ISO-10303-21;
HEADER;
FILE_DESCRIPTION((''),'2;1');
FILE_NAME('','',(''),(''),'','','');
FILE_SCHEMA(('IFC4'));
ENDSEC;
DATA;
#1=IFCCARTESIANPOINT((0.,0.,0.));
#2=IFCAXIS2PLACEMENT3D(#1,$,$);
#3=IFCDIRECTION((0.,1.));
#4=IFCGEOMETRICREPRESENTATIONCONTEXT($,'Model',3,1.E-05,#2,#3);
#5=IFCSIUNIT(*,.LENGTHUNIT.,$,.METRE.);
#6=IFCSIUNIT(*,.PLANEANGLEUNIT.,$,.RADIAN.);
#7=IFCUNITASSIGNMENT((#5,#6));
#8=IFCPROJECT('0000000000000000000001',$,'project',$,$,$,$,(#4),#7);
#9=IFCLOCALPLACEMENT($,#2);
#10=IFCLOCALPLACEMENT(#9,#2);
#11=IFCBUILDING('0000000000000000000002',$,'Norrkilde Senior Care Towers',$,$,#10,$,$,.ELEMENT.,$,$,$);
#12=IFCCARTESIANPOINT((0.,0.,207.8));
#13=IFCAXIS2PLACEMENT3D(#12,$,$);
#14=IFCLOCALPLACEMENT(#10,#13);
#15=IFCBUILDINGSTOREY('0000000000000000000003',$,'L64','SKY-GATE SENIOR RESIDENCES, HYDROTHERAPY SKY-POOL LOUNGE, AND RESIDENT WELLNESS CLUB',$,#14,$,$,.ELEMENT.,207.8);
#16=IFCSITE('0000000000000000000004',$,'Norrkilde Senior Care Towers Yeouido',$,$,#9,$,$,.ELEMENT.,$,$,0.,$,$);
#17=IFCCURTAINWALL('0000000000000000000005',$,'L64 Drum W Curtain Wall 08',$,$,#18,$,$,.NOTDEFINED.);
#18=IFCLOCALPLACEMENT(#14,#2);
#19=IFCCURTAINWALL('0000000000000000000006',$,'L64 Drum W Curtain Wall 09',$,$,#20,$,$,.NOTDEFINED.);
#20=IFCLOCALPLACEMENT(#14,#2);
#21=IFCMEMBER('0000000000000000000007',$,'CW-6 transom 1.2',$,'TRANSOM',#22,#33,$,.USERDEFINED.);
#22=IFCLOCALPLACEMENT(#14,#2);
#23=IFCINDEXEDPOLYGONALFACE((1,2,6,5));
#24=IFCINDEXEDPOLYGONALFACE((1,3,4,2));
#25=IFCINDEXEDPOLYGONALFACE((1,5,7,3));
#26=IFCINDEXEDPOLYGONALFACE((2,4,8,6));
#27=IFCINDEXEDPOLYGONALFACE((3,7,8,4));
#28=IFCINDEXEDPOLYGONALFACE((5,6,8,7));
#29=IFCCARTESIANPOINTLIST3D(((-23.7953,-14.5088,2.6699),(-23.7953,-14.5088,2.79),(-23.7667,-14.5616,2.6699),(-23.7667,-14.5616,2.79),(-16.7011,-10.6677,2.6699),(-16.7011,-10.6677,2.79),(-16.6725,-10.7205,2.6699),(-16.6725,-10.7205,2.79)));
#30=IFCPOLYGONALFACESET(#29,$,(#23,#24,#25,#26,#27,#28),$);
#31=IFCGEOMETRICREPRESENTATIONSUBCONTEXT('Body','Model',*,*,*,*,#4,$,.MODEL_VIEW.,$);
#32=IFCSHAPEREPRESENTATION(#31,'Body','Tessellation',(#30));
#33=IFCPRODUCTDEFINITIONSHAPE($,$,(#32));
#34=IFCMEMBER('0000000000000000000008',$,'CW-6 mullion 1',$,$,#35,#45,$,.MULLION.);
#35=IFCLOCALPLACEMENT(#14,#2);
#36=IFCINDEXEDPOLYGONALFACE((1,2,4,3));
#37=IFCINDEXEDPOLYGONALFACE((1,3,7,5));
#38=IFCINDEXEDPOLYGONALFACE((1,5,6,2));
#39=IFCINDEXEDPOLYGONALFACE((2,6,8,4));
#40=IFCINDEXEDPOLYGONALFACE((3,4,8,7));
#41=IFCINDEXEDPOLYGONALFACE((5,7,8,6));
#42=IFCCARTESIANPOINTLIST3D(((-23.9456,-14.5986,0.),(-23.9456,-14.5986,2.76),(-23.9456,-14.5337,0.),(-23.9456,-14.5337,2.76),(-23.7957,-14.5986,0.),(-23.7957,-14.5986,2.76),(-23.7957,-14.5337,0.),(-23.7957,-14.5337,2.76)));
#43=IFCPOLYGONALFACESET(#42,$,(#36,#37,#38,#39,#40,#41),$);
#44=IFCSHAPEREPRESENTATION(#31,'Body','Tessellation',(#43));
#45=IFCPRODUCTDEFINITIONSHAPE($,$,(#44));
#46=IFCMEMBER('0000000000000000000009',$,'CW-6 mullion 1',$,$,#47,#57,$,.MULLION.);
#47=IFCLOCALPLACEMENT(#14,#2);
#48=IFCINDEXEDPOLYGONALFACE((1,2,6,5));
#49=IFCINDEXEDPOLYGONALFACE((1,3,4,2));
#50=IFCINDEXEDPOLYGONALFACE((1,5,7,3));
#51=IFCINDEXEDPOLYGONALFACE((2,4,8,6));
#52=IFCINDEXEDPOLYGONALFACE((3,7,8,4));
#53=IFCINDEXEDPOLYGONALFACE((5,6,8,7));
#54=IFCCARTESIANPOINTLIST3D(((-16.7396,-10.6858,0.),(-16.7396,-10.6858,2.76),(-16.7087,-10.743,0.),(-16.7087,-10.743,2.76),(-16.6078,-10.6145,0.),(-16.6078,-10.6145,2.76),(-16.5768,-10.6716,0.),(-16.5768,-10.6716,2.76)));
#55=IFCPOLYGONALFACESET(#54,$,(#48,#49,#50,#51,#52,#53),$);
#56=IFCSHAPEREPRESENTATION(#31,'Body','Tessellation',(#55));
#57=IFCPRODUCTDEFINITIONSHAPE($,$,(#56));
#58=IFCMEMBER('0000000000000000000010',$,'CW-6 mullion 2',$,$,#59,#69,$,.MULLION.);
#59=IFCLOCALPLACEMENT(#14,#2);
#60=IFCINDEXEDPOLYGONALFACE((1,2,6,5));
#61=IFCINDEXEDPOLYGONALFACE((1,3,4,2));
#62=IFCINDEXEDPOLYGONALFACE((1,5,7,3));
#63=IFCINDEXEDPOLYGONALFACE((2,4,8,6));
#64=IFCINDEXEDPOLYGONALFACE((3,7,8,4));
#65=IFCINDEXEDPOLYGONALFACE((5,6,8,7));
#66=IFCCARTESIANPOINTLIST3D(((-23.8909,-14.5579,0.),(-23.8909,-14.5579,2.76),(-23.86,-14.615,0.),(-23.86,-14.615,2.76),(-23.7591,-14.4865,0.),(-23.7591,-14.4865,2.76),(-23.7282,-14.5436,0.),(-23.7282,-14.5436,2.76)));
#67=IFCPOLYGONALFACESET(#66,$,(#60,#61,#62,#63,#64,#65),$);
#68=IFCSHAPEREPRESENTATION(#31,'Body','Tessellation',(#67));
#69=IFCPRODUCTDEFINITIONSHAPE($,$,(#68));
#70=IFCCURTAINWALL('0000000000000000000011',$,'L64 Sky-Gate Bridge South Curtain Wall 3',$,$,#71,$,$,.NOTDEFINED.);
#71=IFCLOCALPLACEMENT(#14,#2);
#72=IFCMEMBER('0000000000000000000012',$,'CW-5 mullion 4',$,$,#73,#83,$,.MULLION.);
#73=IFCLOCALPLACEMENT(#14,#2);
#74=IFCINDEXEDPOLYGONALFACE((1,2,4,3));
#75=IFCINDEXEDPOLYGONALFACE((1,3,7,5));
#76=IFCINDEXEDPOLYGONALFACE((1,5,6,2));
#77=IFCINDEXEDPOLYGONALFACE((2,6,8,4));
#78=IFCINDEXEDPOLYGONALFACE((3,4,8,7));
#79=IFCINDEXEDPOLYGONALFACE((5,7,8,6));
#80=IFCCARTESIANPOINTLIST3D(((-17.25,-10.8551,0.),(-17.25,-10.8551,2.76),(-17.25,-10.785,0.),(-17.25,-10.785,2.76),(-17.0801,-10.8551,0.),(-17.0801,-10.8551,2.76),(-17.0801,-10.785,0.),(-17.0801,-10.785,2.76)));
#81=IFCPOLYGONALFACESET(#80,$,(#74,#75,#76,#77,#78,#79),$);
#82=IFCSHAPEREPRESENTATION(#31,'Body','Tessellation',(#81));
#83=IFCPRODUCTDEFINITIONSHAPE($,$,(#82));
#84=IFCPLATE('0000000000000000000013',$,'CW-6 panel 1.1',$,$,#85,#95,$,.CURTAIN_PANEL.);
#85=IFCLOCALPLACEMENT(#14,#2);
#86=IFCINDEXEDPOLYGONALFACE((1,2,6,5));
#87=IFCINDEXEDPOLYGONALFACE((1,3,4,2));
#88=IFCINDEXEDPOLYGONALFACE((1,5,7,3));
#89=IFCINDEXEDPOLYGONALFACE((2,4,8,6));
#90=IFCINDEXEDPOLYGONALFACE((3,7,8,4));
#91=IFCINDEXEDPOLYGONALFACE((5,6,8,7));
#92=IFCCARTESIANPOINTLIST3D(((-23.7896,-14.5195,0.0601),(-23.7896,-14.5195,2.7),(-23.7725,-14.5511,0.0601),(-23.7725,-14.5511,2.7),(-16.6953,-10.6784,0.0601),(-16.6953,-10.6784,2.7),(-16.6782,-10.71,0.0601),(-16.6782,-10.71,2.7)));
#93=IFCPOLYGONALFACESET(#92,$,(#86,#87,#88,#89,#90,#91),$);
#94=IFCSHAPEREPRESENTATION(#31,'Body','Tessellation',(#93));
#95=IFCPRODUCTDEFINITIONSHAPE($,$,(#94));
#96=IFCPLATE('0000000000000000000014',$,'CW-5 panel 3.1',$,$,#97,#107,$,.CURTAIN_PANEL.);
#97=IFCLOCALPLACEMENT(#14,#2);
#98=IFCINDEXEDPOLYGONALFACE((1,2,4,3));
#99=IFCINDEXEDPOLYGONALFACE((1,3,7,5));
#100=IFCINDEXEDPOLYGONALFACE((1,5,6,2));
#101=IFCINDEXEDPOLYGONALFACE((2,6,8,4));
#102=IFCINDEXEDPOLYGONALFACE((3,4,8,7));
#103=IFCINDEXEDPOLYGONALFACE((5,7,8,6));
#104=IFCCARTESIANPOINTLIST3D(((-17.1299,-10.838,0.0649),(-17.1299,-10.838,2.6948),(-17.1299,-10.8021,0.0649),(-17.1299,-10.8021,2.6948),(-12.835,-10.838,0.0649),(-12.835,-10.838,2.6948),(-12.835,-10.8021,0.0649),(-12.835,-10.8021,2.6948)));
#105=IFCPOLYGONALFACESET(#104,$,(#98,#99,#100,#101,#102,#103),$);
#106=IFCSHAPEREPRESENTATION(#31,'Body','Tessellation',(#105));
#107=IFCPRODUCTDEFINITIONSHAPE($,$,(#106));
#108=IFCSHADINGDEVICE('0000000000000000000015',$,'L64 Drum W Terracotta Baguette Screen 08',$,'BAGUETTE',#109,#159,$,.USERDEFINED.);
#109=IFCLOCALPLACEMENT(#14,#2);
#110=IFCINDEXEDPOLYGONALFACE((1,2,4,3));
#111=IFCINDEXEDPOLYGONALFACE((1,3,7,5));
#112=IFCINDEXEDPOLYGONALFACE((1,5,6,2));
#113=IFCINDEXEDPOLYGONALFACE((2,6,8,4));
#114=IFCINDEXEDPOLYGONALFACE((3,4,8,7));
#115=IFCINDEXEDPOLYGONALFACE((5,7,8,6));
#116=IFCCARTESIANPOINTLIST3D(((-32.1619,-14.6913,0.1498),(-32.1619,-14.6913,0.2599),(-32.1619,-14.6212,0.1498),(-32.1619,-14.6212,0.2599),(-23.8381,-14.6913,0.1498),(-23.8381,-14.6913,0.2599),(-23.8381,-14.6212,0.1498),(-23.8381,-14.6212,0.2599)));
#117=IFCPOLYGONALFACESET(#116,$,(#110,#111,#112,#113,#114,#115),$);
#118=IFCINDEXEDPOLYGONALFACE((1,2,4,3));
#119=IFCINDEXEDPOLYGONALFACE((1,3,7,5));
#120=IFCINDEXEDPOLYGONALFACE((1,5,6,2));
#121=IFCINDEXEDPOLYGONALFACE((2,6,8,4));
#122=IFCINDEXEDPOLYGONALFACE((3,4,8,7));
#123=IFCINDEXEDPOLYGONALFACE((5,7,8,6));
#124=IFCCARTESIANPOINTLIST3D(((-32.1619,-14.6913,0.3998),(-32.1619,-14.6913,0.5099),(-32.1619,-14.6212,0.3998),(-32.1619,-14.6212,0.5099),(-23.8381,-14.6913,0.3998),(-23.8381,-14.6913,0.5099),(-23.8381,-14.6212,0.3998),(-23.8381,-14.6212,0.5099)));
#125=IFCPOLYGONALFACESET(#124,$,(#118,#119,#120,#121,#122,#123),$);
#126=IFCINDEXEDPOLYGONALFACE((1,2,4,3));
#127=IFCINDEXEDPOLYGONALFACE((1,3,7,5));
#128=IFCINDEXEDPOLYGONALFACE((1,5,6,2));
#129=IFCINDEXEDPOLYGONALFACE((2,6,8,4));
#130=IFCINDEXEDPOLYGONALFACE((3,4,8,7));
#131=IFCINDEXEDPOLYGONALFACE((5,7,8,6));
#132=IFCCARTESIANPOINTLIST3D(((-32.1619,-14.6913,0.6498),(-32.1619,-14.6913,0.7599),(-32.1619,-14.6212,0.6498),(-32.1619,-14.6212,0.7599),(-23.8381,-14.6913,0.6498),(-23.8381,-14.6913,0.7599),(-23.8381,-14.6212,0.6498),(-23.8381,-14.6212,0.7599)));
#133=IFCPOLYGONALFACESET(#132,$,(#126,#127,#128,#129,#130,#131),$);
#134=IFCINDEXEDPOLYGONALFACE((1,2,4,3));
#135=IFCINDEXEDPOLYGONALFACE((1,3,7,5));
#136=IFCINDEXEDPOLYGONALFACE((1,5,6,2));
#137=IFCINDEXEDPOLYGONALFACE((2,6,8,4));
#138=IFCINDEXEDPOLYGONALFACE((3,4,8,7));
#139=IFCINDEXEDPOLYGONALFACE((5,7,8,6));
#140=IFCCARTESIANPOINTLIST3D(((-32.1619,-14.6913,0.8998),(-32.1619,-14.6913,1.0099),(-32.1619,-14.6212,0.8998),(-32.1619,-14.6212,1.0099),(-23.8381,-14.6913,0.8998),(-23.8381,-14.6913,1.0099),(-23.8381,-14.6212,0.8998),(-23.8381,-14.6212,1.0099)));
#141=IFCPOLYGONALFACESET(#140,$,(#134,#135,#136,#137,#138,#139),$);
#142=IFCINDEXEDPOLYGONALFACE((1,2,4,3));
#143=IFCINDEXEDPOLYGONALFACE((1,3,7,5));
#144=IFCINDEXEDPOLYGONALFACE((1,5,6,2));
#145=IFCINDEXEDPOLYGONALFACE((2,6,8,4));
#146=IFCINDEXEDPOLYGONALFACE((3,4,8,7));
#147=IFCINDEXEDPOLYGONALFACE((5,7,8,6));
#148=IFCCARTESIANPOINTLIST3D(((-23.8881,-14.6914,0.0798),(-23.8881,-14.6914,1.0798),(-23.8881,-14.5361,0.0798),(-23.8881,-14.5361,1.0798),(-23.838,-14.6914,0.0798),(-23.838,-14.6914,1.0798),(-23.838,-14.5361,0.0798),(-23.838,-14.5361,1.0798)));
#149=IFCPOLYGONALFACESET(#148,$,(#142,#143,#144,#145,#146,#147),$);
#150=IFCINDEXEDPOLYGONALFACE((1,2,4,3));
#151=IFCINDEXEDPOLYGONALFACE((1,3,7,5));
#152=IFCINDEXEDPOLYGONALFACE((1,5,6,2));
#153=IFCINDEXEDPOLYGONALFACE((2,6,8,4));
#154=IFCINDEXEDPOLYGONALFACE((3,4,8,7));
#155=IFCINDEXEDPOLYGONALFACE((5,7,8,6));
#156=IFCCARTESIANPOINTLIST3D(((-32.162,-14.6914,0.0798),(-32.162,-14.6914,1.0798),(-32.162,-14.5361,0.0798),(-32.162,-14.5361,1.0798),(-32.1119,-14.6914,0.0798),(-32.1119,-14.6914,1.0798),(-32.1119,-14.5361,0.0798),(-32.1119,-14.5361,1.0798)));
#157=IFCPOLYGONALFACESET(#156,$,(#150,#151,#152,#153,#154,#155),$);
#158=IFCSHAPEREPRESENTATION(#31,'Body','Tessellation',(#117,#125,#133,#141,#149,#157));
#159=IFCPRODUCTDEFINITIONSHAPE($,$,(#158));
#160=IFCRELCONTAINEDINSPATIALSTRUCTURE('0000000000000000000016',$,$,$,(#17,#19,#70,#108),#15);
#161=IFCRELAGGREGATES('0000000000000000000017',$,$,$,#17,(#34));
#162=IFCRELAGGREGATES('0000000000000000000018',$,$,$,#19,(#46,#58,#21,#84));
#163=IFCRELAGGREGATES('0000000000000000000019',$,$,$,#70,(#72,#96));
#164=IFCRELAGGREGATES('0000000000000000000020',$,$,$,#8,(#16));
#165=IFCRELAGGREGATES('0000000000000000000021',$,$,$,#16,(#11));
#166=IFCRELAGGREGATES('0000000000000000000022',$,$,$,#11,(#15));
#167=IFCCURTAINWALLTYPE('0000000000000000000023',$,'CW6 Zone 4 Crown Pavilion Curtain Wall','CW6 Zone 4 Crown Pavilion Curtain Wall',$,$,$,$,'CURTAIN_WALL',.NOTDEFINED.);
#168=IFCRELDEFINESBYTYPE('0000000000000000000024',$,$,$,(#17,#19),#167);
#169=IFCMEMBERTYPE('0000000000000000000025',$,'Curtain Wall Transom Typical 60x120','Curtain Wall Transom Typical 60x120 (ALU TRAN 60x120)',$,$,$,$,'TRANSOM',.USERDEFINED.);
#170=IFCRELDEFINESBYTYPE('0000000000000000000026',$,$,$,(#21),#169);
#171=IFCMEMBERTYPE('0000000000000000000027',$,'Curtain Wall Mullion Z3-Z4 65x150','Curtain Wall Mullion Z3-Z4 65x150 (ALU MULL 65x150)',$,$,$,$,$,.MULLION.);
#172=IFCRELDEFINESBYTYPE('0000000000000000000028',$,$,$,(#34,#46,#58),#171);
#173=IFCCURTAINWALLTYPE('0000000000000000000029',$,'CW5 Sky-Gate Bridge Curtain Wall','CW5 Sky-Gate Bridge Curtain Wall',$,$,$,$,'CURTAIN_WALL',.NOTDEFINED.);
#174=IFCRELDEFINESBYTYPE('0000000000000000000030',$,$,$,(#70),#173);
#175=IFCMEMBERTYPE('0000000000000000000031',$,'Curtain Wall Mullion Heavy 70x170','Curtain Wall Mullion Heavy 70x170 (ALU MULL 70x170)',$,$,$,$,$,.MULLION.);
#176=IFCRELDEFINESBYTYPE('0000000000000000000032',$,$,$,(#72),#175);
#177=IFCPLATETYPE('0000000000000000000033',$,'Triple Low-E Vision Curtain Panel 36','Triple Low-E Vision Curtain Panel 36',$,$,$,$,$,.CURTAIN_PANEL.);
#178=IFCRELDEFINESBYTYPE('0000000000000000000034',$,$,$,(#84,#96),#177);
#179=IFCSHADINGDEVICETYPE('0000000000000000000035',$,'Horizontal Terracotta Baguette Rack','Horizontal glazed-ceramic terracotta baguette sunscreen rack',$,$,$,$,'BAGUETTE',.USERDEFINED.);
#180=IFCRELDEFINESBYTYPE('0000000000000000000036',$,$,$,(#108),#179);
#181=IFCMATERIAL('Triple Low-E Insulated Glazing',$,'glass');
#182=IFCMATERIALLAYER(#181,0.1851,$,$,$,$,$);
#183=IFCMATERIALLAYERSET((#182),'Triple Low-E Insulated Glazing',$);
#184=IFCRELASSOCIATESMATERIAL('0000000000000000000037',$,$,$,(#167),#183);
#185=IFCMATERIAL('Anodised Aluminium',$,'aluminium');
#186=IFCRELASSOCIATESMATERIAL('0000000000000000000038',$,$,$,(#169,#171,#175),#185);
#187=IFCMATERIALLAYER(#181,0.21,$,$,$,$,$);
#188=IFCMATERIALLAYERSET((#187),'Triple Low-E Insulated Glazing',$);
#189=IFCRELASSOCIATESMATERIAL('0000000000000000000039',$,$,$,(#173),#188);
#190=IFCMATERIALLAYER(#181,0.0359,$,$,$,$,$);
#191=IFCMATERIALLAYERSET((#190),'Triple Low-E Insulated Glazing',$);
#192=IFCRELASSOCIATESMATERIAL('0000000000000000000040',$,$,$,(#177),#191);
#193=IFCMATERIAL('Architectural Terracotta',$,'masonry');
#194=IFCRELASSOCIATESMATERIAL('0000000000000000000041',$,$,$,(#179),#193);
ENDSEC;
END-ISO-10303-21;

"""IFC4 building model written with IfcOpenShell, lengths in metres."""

from ifc_helpers import new_model, si_unit, direction, frame, origin, origin_2d, place, context, subcontext, project, spatial, rectangle, extrude, source, transform, mapped, material, layer, layer_set, material_profile, profile_set, type_object, type_shapes, element, aggregate, save


model = new_model("IFC4")

# Units and contexts
model_context = context("Model", 3, precision=1e-05, world=origin(), true_north=direction((0.0, 1.0)))
body_context = subcontext(model_context, "Body", "Model", "MODEL_VIEW")
ifc_project = project(units=[si_unit("LENGTHUNIT", "METRE"), si_unit("PLANEANGLEUNIT", "RADIAN")], contexts=[model_context])

# Site, building, storey
site_placement = place(None, origin())
site = spatial("IfcSite", under=ifc_project, at=site_placement, Name="Norrkilde Senior Care Towers Yeouido", CompositionType="ELEMENT", RefElevation=0.0)
building_placement = place(site_placement, origin())
building = spatial("IfcBuilding", under=site, at=building_placement, Name="Norrkilde Senior Care Towers", CompositionType="ELEMENT")
storey_placement = place(building_placement, frame((0.0, 0.0, 207.8)))
storey = spatial("IfcBuildingStorey", under=building, at=storey_placement, Name="L64", Description="SKY-GATE SENIOR RESIDENCES, HYDROTHERAPY SKY-POOL LOUNGE, AND RESIDENT WELLNESS CLUB", CompositionType="ELEMENT", Elevation=207.8)

# Curtain walls, member
ifc_material_1 = material(Name="Triple Low-E Insulated Glazing", Category="glass")
ifc_layer_1 = layer(ifc_material_1, 0.1851)
ifc_layer_set_1 = layer_set([ifc_layer_1], Name="Triple Low-E Insulated Glazing")
curtain_wall_type_1 = type_object("IfcCurtainWallType", Name="CW6 Zone 4 Crown Pavilion Curtain Wall", Description="CW6 Zone 4 Crown Pavilion Curtain Wall", ElementType="CURTAIN_WALL", PredefinedType="NOTDEFINED", material=ifc_layer_set_1)
curtain_wall_1_placement = place(storey_placement, origin())
curtain_wall_1 = element("IfcCurtainWall", 1, at=curtain_wall_1_placement, inside=storey, type_object=curtain_wall_type_1, Name="L64 Drum W Curtain Wall 08", PredefinedType="NOTDEFINED")
ifc_material_2 = material(Name="Anodised Aluminium", Category="aluminium")
ifc_material_profile_1 = material_profile(ifc_material_2, rectangle(XDim=0.0601, YDim=0.1201, at=origin_2d()), Name="ALU TRAN 60x120")
ifc_profile_set_1 = profile_set([ifc_material_profile_1], Name="Anodised Aluminium")
member_type_1 = type_object("IfcMemberType", Name="Curtain Wall Transom Typical 60x120", Description="Curtain Wall Transom Typical 60x120 (ALU TRAN 60x120)", ElementType="TRANSOM", PredefinedType="USERDEFINED", material=ifc_profile_set_1)
curtain_wall_2_placement = place(storey_placement, origin())
curtain_wall_2 = element("IfcCurtainWall", 2, at=curtain_wall_2_placement, inside=storey, type_object=curtain_wall_type_1, Name="L64 Drum W Curtain Wall 09", PredefinedType="NOTDEFINED")
shared_shape_1 = source(origin(), body_context, "Body", "SweptSolid", [
    extrude(rectangle(XDim=0.0601, YDim=0.1201, at=origin_2d()), origin(), (0.0, 0.0, 1.0), 8.0674),
])
member_1_placement = place(storey_placement, frame((-16.6868, -10.6941, 2.73), z_axis=(-0.879378, -0.476125, 0.0), x_axis=(0.476125, -0.879378, 0.0)))
member_1 = element("IfcMember", 3, at=member_1_placement, type_object=member_type_1, Name="CW-6 transom 1.2", ObjectType="TRANSOM", PredefinedType="USERDEFINED", context=body_context, shape_type="MappedRepresentation", body=[
    mapped(shared_shape_1, transform((0.0, 0.0, 0.0), x_axis=(1.0, 0.0, 0.0), y_axis=(0.0, 1.0, 0.0), z_axis=(0.0, 0.0, 1.0), scale=1.0)),
])

# Members
ifc_material_profile_2 = material_profile(ifc_material_2, rectangle(XDim=0.0649, YDim=0.1499, at=origin_2d()), Name="ALU MULL 65x150")
ifc_profile_set_2 = profile_set([ifc_material_profile_2], Name="Anodised Aluminium")
member_type_2 = type_object("IfcMemberType", Name="Curtain Wall Mullion Z3-Z4 65x150", Description="Curtain Wall Mullion Z3-Z4 65x150 (ALU MULL 65x150)", PredefinedType="MULLION", material=ifc_profile_set_2)
shared_shape_2 = source(origin(), body_context, "Body", "SweptSolid", [
    extrude(rectangle(XDim=0.0649, YDim=0.1499, at=origin_2d()), origin(), (0.0, 0.0, 1.0), 2.76),
])
type_shapes(member_type_2, [shared_shape_2])
member_2_placement = place(storey_placement, frame((-23.8706, -14.5662, 0.0), z_axis=(0.0, 0.0, 1.0), x_axis=(0.0, -1.0, 0.0)))
member_2 = element("IfcMember", 4, at=member_2_placement, type_object=member_type_2, Name="CW-6 mullion 1", PredefinedType="MULLION", context=body_context, shape_type="MappedRepresentation", body=[
    mapped(shared_shape_2, transform((0.0, 0.0, 0.0), x_axis=(1.0, 0.0, 0.0), y_axis=(0.0, 1.0, 0.0), z_axis=(0.0, 0.0, 1.0), scale=1.0)),
])
aggregate(curtain_wall_1, [member_2])
member_3_placement = place(storey_placement, frame((-16.6582, -10.6787, 0.0), z_axis=(0.0, 0.0, 1.0), x_axis=(0.476133, -0.879373, 0.0)))
member_3 = element("IfcMember", 5, at=member_3_placement, type_object=member_type_2, Name="CW-6 mullion 1", PredefinedType="MULLION", context=body_context, shape_type="MappedRepresentation", body=[
    mapped(shared_shape_2, transform((0.0, 0.0, 0.0), x_axis=(1.0, 0.0, 0.0), y_axis=(0.0, 1.0, 0.0), z_axis=(0.0, 0.0, 1.0), scale=1.0)),
])
member_4_placement = place(storey_placement, frame((-23.8096, -14.5508, 0.0), z_axis=(0.0, 0.0, 1.0), x_axis=(0.476133, -0.879373, 0.0)))
member_4 = element("IfcMember", 6, at=member_4_placement, type_object=member_type_2, Name="CW-6 mullion 2", PredefinedType="MULLION", context=body_context, shape_type="MappedRepresentation", body=[
    mapped(shared_shape_2, transform((0.0, 0.0, 0.0), x_axis=(1.0, 0.0, 0.0), y_axis=(0.0, 1.0, 0.0), z_axis=(0.0, 0.0, 1.0), scale=1.0)),
])

# Curtain wall, member
ifc_layer_2 = layer(ifc_material_1, 0.21)
ifc_layer_set_2 = layer_set([ifc_layer_2], Name="Triple Low-E Insulated Glazing")
curtain_wall_type_2 = type_object("IfcCurtainWallType", Name="CW5 Sky-Gate Bridge Curtain Wall", Description="CW5 Sky-Gate Bridge Curtain Wall", ElementType="CURTAIN_WALL", PredefinedType="NOTDEFINED", material=ifc_layer_set_2)
curtain_wall_3_placement = place(storey_placement, origin())
curtain_wall_3 = element("IfcCurtainWall", 7, at=curtain_wall_3_placement, inside=storey, type_object=curtain_wall_type_2, Name="L64 Sky-Gate Bridge South Curtain Wall 3", PredefinedType="NOTDEFINED")
ifc_material_profile_3 = material_profile(ifc_material_2, rectangle(XDim=0.0701, YDim=0.1699, at=origin_2d()), Name="ALU MULL 70x170")
ifc_profile_set_3 = profile_set([ifc_material_profile_3], Name="Anodised Aluminium")
member_type_3 = type_object("IfcMemberType", Name="Curtain Wall Mullion Heavy 70x170", Description="Curtain Wall Mullion Heavy 70x170 (ALU MULL 70x170)", PredefinedType="MULLION", material=ifc_profile_set_3)
shared_shape_3 = source(origin(), body_context, "Body", "SweptSolid", [
    extrude(rectangle(XDim=0.0701, YDim=0.1699, at=origin_2d()), origin(), (0.0, 0.0, 1.0), 2.76),
])
type_shapes(member_type_3, [shared_shape_3])
member_5_placement = place(storey_placement, frame((-17.165, -10.8201, 0.0), z_axis=(0.0, 0.0, 1.0), x_axis=(0.0, -1.0, 0.0)))
member_5 = element("IfcMember", 8, at=member_5_placement, type_object=member_type_3, Name="CW-5 mullion 4", PredefinedType="MULLION", context=body_context, shape_type="MappedRepresentation", body=[
    mapped(shared_shape_3, transform((0.0, 0.0, 0.0), x_axis=(1.0, 0.0, 0.0), y_axis=(0.0, 1.0, 0.0), z_axis=(0.0, 0.0, 1.0), scale=1.0)),
])

# Plates
ifc_layer_3 = layer(ifc_material_1, 0.0359)
ifc_layer_set_3 = layer_set([ifc_layer_3], Name="Triple Low-E Insulated Glazing")
plate_type = type_object("IfcPlateType", Name="Triple Low-E Vision Curtain Panel 36", Description="Triple Low-E Vision Curtain Panel 36", PredefinedType="CURTAIN_PANEL", material=ifc_layer_set_3)
shared_shape_4 = source(origin(), body_context, "Body", "SweptSolid", [
    extrude(rectangle(XDim=8.0674, YDim=0.0359, at=origin_2d()), origin(), (0.0, 0.0, 1.0), 2.6399),
])
plate_1_placement = place(storey_placement, frame((-20.2339, -12.6147, 0.0601), z_axis=(0.0, 0.0, 1.0), x_axis=(-0.879373, -0.476133, 0.0)))
plate_1 = element("IfcPlate", 9, at=plate_1_placement, type_object=plate_type, Name="CW-6 panel 1.1", PredefinedType="CURTAIN_PANEL", context=body_context, shape_type="MappedRepresentation", body=[
    mapped(shared_shape_4, transform((0.0, 0.0, 0.0), x_axis=(1.0, 0.0, 0.0), y_axis=(0.0, 1.0, 0.0), z_axis=(0.0, 0.0, 1.0), scale=1.0)),
])
aggregate(curtain_wall_2, [member_3, member_4, member_1, plate_1])
shared_shape_5 = source(origin(), body_context, "Body", "SweptSolid", [
    extrude(rectangle(XDim=4.2949, YDim=0.0359, at=origin_2d()), origin(), (0.0, 0.0, 1.0), 2.6299),
])
type_shapes(plate_type, [shared_shape_4, shared_shape_5])
plate_2_placement = place(storey_placement, frame((-14.9824, -10.8201, 0.0649), z_axis=(0.0, 0.0, 1.0), x_axis=(-1.0, 0.0, 0.0)))
plate_2 = element("IfcPlate", 10, at=plate_2_placement, type_object=plate_type, Name="CW-5 panel 3.1", PredefinedType="CURTAIN_PANEL", context=body_context, shape_type="MappedRepresentation", body=[
    mapped(shared_shape_5, transform((0.0, 0.0, 0.0), x_axis=(1.0, 0.0, 0.0), y_axis=(0.0, 1.0, 0.0), z_axis=(0.0, 0.0, 1.0), scale=1.0)),
])
aggregate(curtain_wall_3, [member_5, plate_2])

# Shading device
ifc_material_3 = material(Name="Architectural Terracotta", Category="masonry")
shading_device_type = type_object("IfcShadingDeviceType", Name="Horizontal Terracotta Baguette Rack", Description="Horizontal glazed-ceramic terracotta baguette sunscreen rack", ElementType="BAGUETTE", PredefinedType="USERDEFINED", material=ifc_material_3)
shared_shape_6 = source(origin(), body_context, "Body", "SweptSolid", [
    extrude(rectangle(XDim=0.0701, YDim=0.1101, at=origin_2d()), frame((0.0, 0.0901, 0.125), z_axis=(1.0, 0.0, 0.0), x_axis=(0.0, 1.0, 0.0)), (0.0, 0.0, 1.0), 8.3237),
    extrude(rectangle(XDim=0.0701, YDim=0.1101, at=origin_2d()), frame((0.0, 0.0901, 0.375), z_axis=(1.0, 0.0, 0.0), x_axis=(0.0, 1.0, 0.0)), (0.0, 0.0, 1.0), 8.3237),
    extrude(rectangle(XDim=0.0701, YDim=0.1101, at=origin_2d()), frame((0.0, 0.0901, 0.625), z_axis=(1.0, 0.0, 0.0), x_axis=(0.0, 1.0, 0.0)), (0.0, 0.0, 1.0), 8.3237),
    extrude(rectangle(XDim=0.0701, YDim=0.1101, at=origin_2d()), frame((0.0, 0.0901, 0.875), z_axis=(1.0, 0.0, 0.0), x_axis=(0.0, 1.0, 0.0)), (0.0, 0.0, 1.0), 8.3237),
    extrude(rectangle(XDim=0.05, YDim=0.1553, at=origin_2d()), frame((0.0249, 0.0476, 0.0)), (0.0, 0.0, 1.0), 1.0),
    extrude(rectangle(XDim=0.05, YDim=0.1553, at=origin_2d()), frame((8.2988, 0.0476, 0.0)), (0.0, 0.0, 1.0), 1.0),
])
type_shapes(shading_device_type, [shared_shape_6])
shading_device_placement = place(storey_placement, frame((-23.8381, -14.5662, 0.0798), z_axis=(0.0, 0.0, 1.0), x_axis=(-1.0, 0.0, 0.0)))
element("IfcShadingDevice", 11, at=shading_device_placement, inside=storey, type_object=shading_device_type, Name="L64 Drum W Terracotta Baguette Screen 08", ObjectType="BAGUETTE", PredefinedType="USERDEFINED", context=body_context, shape_type="MappedRepresentation", body=[
    mapped(shared_shape_6, transform((0.0, 0.0, 0.0), x_axis=(1.0, 0.0, 0.0), y_axis=(0.0, 1.0, 0.0), z_axis=(0.0, 0.0, 1.0), scale=1.0)),
])

save(model, "model.ifc")
